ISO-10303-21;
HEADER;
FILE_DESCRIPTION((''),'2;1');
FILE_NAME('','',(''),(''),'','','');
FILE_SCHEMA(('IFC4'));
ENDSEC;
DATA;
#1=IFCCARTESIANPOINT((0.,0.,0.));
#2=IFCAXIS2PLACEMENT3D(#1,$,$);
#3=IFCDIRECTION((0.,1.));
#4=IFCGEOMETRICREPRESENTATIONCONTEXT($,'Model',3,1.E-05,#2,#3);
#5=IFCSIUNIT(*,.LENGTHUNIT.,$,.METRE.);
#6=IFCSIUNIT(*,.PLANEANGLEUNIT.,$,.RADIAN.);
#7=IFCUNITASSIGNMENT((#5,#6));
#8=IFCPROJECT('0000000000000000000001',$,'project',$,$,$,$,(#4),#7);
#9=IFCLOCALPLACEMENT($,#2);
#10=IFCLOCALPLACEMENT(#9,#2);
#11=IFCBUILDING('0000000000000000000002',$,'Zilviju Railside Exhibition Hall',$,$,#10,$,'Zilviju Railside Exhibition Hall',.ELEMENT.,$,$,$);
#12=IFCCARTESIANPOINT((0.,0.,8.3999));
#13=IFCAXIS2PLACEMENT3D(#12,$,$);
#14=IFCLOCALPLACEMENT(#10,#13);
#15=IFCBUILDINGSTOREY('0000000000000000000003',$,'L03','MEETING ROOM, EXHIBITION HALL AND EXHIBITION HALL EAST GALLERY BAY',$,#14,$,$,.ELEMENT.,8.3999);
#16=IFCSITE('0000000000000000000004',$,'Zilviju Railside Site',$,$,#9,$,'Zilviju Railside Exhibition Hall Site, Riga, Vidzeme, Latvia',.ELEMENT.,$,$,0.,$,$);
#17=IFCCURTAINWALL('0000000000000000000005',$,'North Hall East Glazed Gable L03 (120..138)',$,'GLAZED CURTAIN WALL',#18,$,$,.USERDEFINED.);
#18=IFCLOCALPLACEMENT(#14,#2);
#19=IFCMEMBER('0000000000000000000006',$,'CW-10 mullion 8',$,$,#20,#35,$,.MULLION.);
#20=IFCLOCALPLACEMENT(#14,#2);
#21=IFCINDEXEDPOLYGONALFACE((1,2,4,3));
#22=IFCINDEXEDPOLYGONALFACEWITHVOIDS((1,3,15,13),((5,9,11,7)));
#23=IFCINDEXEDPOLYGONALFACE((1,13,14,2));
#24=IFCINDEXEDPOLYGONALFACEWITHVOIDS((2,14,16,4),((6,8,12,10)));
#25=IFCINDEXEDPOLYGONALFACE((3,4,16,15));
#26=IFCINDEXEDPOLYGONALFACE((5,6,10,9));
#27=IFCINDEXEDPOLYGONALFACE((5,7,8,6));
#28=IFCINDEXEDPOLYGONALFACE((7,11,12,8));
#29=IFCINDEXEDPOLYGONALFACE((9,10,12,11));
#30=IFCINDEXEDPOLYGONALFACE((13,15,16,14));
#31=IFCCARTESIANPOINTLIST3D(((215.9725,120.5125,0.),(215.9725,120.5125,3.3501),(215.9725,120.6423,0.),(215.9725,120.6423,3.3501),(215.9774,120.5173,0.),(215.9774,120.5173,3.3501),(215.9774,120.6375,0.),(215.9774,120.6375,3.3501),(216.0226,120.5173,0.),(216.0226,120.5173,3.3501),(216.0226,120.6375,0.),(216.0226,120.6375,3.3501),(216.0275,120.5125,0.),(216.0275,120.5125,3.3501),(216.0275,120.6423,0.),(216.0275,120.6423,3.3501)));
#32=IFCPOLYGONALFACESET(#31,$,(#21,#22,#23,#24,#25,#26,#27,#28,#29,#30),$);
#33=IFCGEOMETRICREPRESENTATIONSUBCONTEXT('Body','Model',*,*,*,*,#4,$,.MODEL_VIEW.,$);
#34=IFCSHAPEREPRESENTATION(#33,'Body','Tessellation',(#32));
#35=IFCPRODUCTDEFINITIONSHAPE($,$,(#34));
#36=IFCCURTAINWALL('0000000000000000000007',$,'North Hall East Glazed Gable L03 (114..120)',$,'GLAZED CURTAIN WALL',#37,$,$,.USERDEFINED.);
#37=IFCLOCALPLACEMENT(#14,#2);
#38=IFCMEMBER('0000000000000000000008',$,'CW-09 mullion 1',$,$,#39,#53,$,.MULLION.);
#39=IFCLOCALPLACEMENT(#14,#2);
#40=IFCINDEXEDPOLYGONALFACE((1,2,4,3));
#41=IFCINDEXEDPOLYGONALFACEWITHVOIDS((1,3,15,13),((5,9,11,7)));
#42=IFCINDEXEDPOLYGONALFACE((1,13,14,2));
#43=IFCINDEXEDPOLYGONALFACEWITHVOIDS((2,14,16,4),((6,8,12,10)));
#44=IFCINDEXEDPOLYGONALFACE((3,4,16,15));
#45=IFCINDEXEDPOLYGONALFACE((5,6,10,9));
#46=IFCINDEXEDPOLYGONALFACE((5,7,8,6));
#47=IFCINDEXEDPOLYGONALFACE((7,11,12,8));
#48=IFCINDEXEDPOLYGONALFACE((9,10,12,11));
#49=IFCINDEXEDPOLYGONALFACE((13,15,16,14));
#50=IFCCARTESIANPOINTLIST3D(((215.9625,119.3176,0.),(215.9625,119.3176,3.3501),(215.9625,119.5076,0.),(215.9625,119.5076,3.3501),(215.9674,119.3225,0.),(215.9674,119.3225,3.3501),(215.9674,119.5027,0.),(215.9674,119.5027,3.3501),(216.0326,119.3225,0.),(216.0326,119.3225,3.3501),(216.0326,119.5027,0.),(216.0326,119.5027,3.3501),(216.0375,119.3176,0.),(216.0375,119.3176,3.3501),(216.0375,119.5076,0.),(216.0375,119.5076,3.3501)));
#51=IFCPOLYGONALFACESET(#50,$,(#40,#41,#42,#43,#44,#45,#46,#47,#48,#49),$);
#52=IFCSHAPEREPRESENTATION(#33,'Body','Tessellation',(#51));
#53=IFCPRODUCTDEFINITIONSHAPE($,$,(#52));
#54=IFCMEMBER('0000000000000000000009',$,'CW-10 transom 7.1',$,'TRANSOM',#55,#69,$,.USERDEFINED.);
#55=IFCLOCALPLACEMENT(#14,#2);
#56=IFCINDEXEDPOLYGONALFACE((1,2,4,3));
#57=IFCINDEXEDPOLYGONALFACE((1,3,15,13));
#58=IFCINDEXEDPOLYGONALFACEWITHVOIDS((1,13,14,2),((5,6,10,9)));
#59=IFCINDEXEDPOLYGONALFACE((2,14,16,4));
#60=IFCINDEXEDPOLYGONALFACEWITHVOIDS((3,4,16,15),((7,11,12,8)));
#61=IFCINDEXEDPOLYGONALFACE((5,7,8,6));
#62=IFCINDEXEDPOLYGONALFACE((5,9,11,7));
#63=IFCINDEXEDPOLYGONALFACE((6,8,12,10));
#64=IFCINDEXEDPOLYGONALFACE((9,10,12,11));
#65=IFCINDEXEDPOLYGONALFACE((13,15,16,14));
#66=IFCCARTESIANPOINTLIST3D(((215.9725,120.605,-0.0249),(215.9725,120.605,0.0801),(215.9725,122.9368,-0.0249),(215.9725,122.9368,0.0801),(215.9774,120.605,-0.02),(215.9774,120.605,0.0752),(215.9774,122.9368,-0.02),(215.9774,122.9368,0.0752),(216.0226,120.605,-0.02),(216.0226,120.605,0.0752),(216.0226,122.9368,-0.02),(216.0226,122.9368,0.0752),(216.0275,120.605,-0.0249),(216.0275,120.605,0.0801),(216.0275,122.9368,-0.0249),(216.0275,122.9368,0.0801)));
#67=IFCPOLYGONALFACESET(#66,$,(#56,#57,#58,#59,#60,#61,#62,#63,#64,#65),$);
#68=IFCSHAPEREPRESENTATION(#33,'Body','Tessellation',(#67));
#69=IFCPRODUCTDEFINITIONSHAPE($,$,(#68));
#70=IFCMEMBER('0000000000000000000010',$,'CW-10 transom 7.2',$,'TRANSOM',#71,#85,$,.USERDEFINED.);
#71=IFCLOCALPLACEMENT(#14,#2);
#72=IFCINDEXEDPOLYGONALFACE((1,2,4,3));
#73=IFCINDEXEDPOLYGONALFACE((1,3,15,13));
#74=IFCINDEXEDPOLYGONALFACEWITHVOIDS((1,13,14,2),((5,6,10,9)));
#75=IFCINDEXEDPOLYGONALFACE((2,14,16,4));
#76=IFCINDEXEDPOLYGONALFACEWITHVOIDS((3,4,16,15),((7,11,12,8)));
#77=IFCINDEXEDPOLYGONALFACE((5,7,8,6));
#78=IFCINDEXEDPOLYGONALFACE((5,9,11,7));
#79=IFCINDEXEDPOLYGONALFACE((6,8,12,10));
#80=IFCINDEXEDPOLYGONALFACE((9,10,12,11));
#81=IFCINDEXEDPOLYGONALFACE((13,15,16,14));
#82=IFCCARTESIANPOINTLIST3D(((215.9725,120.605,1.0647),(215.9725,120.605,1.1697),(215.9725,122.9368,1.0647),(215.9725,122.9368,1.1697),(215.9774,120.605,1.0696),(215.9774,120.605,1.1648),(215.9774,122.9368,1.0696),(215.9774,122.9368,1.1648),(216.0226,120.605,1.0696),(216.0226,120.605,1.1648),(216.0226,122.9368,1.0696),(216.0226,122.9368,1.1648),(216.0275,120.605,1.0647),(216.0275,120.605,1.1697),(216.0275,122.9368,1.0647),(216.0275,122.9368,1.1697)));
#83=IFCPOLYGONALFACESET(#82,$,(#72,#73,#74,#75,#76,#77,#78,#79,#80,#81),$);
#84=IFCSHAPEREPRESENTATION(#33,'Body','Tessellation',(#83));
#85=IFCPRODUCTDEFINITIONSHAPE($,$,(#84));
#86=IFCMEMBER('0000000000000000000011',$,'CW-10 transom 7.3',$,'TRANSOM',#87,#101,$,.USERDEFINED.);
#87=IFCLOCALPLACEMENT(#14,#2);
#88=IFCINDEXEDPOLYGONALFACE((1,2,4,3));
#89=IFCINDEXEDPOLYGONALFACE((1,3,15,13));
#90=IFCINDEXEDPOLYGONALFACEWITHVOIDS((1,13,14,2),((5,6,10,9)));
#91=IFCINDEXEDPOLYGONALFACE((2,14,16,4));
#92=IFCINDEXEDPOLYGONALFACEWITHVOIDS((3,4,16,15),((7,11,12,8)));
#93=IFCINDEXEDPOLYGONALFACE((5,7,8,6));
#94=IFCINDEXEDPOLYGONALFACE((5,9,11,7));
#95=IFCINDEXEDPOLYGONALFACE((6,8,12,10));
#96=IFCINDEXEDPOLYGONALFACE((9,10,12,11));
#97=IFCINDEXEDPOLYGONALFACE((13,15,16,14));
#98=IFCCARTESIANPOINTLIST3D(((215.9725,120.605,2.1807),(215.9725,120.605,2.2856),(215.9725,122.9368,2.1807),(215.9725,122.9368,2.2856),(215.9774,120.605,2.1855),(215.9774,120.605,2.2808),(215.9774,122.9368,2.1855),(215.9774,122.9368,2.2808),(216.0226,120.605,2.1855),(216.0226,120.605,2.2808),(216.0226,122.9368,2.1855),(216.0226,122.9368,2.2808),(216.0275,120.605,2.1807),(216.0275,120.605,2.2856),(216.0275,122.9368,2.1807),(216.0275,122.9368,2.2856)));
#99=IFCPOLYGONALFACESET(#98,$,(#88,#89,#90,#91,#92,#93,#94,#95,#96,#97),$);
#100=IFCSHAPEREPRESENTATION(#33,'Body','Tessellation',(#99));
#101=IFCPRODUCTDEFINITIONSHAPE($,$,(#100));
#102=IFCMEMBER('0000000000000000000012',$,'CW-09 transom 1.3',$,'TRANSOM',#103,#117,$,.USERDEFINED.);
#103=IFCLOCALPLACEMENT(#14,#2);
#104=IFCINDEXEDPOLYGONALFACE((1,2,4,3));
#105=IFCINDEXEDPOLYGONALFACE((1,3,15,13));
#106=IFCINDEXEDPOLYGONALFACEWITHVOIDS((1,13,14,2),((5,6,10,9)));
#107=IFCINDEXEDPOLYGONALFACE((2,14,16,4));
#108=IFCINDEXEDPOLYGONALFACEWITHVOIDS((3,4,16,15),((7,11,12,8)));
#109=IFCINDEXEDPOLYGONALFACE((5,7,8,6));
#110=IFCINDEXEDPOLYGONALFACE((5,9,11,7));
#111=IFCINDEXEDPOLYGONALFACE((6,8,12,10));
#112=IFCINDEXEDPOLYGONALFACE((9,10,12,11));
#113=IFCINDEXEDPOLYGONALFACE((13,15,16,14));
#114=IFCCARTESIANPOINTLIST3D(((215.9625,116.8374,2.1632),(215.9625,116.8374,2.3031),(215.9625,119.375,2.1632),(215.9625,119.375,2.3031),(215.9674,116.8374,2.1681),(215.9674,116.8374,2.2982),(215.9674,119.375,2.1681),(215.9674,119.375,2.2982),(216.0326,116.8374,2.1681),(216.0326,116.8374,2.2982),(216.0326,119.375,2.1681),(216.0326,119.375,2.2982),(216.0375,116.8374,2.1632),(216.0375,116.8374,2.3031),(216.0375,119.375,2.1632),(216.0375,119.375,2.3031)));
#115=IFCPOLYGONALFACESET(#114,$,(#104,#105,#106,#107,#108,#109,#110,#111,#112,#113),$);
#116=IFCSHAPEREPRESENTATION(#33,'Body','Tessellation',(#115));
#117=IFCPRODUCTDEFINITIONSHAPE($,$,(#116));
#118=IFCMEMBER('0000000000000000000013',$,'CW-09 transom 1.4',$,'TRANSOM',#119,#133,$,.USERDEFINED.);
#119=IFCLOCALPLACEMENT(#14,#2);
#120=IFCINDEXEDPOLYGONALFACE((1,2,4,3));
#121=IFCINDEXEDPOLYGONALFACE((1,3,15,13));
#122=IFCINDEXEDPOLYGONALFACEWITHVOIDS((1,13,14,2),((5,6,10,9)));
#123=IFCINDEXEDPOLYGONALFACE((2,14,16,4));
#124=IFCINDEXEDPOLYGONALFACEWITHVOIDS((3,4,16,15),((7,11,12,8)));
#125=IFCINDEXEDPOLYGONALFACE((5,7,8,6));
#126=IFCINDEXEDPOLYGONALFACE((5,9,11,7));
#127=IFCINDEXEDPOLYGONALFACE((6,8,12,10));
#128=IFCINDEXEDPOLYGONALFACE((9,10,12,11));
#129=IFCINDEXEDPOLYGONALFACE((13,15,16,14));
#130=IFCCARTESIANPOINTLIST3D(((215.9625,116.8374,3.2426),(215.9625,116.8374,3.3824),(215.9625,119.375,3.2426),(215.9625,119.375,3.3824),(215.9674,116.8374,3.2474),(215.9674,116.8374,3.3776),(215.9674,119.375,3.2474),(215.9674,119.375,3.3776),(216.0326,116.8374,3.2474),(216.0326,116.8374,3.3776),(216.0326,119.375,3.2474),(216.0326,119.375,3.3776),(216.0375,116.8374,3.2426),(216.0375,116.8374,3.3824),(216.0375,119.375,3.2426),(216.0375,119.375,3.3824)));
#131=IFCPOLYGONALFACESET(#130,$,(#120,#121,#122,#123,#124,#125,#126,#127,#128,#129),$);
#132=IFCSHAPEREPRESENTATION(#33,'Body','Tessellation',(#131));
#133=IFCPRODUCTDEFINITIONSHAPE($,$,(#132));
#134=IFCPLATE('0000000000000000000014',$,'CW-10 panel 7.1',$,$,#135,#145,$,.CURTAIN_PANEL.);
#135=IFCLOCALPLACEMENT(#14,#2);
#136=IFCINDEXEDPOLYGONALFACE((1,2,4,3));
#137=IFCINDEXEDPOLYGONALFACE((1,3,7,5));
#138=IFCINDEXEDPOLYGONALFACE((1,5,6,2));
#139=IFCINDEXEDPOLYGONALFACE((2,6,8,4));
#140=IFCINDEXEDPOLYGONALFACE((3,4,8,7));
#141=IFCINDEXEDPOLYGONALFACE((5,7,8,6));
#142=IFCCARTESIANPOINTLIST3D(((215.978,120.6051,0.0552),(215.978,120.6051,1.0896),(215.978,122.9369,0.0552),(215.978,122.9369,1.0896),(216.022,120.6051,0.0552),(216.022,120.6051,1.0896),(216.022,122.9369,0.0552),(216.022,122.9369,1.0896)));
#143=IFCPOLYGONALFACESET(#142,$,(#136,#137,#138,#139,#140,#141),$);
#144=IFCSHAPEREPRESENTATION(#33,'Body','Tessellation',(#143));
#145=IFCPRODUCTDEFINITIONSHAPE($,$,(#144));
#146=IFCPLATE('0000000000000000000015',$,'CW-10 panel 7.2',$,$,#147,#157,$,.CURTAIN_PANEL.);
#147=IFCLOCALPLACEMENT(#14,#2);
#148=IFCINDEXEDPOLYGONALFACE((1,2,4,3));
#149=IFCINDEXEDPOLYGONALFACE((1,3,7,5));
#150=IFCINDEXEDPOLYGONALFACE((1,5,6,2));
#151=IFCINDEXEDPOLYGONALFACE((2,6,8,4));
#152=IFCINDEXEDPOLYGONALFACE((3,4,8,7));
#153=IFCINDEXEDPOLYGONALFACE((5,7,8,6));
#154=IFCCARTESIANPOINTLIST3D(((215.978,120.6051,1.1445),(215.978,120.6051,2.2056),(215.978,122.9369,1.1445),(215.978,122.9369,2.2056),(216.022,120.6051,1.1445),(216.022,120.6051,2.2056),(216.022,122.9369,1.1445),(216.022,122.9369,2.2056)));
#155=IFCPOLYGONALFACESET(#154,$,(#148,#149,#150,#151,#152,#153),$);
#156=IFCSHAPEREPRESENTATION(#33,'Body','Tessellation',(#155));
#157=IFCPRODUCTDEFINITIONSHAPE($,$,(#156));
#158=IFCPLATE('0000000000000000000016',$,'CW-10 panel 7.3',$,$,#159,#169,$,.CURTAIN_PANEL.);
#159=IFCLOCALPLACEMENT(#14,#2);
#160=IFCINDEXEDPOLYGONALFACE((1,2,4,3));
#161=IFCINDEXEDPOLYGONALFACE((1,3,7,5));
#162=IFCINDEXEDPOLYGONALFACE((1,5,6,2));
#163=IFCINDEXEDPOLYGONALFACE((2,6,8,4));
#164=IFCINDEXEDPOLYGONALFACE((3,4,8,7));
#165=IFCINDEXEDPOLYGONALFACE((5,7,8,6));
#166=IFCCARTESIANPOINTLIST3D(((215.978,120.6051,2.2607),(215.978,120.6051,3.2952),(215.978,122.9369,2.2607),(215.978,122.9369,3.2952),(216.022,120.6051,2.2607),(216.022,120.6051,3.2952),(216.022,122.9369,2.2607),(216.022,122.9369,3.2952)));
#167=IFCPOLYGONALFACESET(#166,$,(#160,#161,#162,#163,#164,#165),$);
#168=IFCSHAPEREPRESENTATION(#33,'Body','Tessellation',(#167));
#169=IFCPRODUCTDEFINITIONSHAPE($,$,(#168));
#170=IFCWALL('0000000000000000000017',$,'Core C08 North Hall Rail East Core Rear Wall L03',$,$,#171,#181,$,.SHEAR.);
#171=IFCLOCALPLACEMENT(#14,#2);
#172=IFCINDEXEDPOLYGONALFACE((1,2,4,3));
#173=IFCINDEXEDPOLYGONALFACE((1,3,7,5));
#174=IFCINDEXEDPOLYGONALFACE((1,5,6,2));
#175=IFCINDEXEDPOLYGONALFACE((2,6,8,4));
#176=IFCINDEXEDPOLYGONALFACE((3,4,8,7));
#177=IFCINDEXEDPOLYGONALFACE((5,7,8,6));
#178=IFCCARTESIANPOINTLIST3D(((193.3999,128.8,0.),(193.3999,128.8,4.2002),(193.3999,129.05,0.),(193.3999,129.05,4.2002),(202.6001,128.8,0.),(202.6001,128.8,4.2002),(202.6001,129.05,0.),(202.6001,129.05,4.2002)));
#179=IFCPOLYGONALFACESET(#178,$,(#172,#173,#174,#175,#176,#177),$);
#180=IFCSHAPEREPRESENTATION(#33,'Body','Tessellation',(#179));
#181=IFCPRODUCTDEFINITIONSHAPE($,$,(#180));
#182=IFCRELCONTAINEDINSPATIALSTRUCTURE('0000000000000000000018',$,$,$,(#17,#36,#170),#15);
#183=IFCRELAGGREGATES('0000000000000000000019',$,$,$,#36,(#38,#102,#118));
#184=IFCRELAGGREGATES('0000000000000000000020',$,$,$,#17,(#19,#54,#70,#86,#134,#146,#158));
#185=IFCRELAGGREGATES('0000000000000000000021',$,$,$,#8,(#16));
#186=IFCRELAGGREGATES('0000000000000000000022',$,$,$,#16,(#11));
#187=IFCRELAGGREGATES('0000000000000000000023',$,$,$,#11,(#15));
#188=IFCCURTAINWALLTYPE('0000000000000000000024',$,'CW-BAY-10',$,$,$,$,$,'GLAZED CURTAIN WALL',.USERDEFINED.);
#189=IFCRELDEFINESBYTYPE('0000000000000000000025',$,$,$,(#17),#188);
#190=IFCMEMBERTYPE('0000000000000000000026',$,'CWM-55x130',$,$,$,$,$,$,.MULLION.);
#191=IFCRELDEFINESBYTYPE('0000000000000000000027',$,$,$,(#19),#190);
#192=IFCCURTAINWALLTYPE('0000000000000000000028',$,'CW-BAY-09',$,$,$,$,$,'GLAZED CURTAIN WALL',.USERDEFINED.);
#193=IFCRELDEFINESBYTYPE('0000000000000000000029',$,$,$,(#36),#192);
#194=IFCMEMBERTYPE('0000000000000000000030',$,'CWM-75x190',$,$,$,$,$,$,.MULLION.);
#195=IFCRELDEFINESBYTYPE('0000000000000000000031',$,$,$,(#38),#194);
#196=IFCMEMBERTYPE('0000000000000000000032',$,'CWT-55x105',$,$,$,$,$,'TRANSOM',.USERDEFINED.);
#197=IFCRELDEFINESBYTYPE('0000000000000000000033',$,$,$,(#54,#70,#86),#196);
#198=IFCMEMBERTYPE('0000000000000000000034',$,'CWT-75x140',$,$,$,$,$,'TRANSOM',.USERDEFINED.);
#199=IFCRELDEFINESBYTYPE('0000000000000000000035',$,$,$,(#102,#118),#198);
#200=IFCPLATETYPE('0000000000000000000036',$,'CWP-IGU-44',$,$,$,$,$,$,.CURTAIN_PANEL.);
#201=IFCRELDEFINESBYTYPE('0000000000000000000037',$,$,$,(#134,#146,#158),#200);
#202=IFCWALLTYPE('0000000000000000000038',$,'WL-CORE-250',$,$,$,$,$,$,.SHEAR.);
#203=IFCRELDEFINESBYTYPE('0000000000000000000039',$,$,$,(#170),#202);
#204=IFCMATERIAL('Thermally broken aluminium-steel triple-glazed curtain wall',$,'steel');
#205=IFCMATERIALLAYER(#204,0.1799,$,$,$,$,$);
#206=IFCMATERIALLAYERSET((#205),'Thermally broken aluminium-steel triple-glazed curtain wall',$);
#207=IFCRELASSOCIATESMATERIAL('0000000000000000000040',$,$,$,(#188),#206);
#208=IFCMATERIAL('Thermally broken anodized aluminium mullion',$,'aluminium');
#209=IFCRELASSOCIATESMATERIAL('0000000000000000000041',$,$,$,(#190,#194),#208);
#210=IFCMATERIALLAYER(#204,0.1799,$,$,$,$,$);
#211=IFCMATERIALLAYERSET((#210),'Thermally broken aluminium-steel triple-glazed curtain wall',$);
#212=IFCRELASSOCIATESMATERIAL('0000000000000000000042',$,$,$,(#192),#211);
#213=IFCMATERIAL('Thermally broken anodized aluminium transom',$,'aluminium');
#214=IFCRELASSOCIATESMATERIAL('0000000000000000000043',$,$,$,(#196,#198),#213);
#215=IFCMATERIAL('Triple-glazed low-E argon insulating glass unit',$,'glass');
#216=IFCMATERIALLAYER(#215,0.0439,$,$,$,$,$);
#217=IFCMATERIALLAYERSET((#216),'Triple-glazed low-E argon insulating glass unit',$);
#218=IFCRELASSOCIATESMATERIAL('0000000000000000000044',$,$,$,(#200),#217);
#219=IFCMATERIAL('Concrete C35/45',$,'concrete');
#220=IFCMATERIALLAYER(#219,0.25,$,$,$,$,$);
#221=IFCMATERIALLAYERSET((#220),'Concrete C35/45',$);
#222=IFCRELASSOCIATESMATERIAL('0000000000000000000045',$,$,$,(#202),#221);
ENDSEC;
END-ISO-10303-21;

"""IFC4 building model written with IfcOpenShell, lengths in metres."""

from ifc_helpers import new_model, si_unit, direction, frame, frame_2d, origin, origin_2d, place, context, subcontext, project, spatial, rectangle, hollow_rectangle, extrude, material, layer, layer_set, material_profile, profile_set, type_object, element, aggregate, save


model = new_model("IFC4")

# Units and contexts
model_context = context("Model", 3, precision=1e-05, world=origin(), true_north=direction((0.0, 1.0)))
body_context = subcontext(model_context, "Body", "Model", "MODEL_VIEW")
ifc_project = project(units=[si_unit("LENGTHUNIT", "METRE"), si_unit("PLANEANGLEUNIT", "RADIAN")], contexts=[model_context])

# Site, building, storey
site_placement = place(None, origin())
site = spatial("IfcSite", under=ifc_project, at=site_placement, Name="Zilviju Railside Site", LongName="Zilviju Railside Exhibition Hall Site, Riga, Vidzeme, Latvia", CompositionType="ELEMENT", RefElevation=0.0)
building_placement = place(site_placement, origin())
building = spatial("IfcBuilding", under=site, at=building_placement, Name="Zilviju Railside Exhibition Hall", LongName="Zilviju Railside Exhibition Hall", CompositionType="ELEMENT")
storey_placement = place(building_placement, frame((0.0, 0.0, 8.3999)))
storey = spatial("IfcBuildingStorey", under=building, at=storey_placement, Name="L03", Description="MEETING ROOM, EXHIBITION HALL AND EXHIBITION HALL EAST GALLERY BAY", CompositionType="ELEMENT", Elevation=8.3999)

# Curtain walls, members
ifc_material_1 = material(Name="Thermally broken aluminium-steel triple-glazed curtain wall", Category="steel")
ifc_layer_1 = layer(ifc_material_1, 0.1799)
ifc_layer_set_1 = layer_set([ifc_layer_1], Name="Thermally broken aluminium-steel triple-glazed curtain wall")
curtain_wall_type_1 = type_object("IfcCurtainWallType", Name="CW-BAY-10", ElementType="GLAZED CURTAIN WALL", PredefinedType="USERDEFINED", material=ifc_layer_set_1)
curtain_wall_1_placement = place(storey_placement, origin())
curtain_wall_1 = element("IfcCurtainWall", 1, at=curtain_wall_1_placement, inside=storey, type_object=curtain_wall_type_1, Name="North Hall East Glazed Gable L03 (120..138)", ObjectType="GLAZED CURTAIN WALL", PredefinedType="USERDEFINED")
ifc_material_2 = material(Name="Thermally broken anodized aluminium mullion", Category="aluminium")
ifc_material_profile_1 = material_profile(ifc_material_2, hollow_rectangle(XDim=0.0549, YDim=0.1299, WallThickness=0.0049, at=origin_2d()), Name="MULLION 130x55x5")
ifc_profile_set_1 = profile_set([ifc_material_profile_1], Name="Thermally broken anodized aluminium mullion")
member_type_1 = type_object("IfcMemberType", Name="CWM-55x130", PredefinedType="MULLION", material=ifc_profile_set_1)
member_1_placement = place(storey_placement, frame((216.0, 120.5774, 0.0), z_axis=(0.0, 0.0, 1.0), x_axis=(1.0, 0.0, 0.0)))
member_1 = element("IfcMember", 2, at=member_1_placement, type_object=member_type_1, Name="CW-10 mullion 8", PredefinedType="MULLION", context=body_context, shape_type="SweptSolid", body=[
    extrude(hollow_rectangle(XDim=0.0549, YDim=0.1299, WallThickness=0.0049, at=origin_2d()), origin(), (0.0, 0.0, 1.0), 3.3501),
])
ifc_layer_2 = layer(ifc_material_1, 0.1799)
ifc_layer_set_2 = layer_set([ifc_layer_2], Name="Thermally broken aluminium-steel triple-glazed curtain wall")
curtain_wall_type_2 = type_object("IfcCurtainWallType", Name="CW-BAY-09", ElementType="GLAZED CURTAIN WALL", PredefinedType="USERDEFINED", material=ifc_layer_set_2)
curtain_wall_2_placement = place(storey_placement, origin())
curtain_wall_2 = element("IfcCurtainWall", 3, at=curtain_wall_2_placement, inside=storey, type_object=curtain_wall_type_2, Name="North Hall East Glazed Gable L03 (114..120)", ObjectType="GLAZED CURTAIN WALL", PredefinedType="USERDEFINED")
ifc_material_profile_2 = material_profile(ifc_material_2, hollow_rectangle(XDim=0.075, YDim=0.1899, WallThickness=0.0049, at=origin_2d()), Name="MULLION 190x75x5")
ifc_profile_set_2 = profile_set([ifc_material_profile_2], Name="Thermally broken anodized aluminium mullion")
member_type_2 = type_object("IfcMemberType", Name="CWM-75x190", PredefinedType="MULLION", material=ifc_profile_set_2)
member_2_placement = place(storey_placement, frame((216.0, 119.4126, 0.0), z_axis=(0.0, 0.0, 1.0), x_axis=(1.0, 0.0, 0.0)))
member_2 = element("IfcMember", 4, at=member_2_placement, type_object=member_type_2, Name="CW-09 mullion 1", PredefinedType="MULLION", context=body_context, shape_type="SweptSolid", body=[
    extrude(hollow_rectangle(XDim=0.075, YDim=0.1899, WallThickness=0.0049, at=origin_2d()), origin(), (0.0, 0.0, 1.0), 3.3501),
])

# Members
ifc_material_3 = material(Name="Thermally broken anodized aluminium transom", Category="aluminium")
ifc_material_profile_3 = material_profile(ifc_material_3, hollow_rectangle(XDim=0.0549, YDim=0.105, WallThickness=0.0049, at=origin_2d()), Name="TRANSOM 105x55x5")
ifc_profile_set_3 = profile_set([ifc_material_profile_3], Name="Thermally broken anodized aluminium transom")
member_type_3 = type_object("IfcMemberType", Name="CWT-55x105", ElementType="TRANSOM", PredefinedType="USERDEFINED", material=ifc_profile_set_3)
member_3_placement = place(storey_placement, frame((216.0, 122.9368, 0.0276), z_axis=(0.0, -1.0, 0.0), x_axis=(1.0, 0.0, 0.0)))
member_3 = element("IfcMember", 5, at=member_3_placement, type_object=member_type_3, Name="CW-10 transom 7.1", ObjectType="TRANSOM", PredefinedType="USERDEFINED", context=body_context, shape_type="SweptSolid", body=[
    extrude(hollow_rectangle(XDim=0.0549, YDim=0.105, WallThickness=0.0049, at=origin_2d()), origin(), (0.0, 0.0, 1.0), 2.3318),
])
member_4_placement = place(storey_placement, frame((216.0, 122.9368, 1.1172), z_axis=(0.0, -1.0, 0.0), x_axis=(1.0, 0.0, 0.0)))
member_4 = element("IfcMember", 6, at=member_4_placement, type_object=member_type_3, Name="CW-10 transom 7.2", ObjectType="TRANSOM", PredefinedType="USERDEFINED", context=body_context, shape_type="SweptSolid", body=[
    extrude(hollow_rectangle(XDim=0.0549, YDim=0.105, WallThickness=0.0049, at=origin_2d()), origin(), (0.0, 0.0, 1.0), 2.3318),
])
member_5_placement = place(storey_placement, frame((216.0, 122.9368, 2.2332), z_axis=(0.0, -1.0, 0.0), x_axis=(1.0, 0.0, 0.0)))
member_5 = element("IfcMember", 7, at=member_5_placement, type_object=member_type_3, Name="CW-10 transom 7.3", ObjectType="TRANSOM", PredefinedType="USERDEFINED", context=body_context, shape_type="SweptSolid", body=[
    extrude(hollow_rectangle(XDim=0.0549, YDim=0.105, WallThickness=0.0049, at=origin_2d()), origin(), (0.0, 0.0, 1.0), 2.3318),
])
ifc_material_profile_4 = material_profile(ifc_material_3, hollow_rectangle(XDim=0.075, YDim=0.1399, WallThickness=0.0049, at=origin_2d()), Name="TRANSOM 140x75x5")
ifc_profile_set_4 = profile_set([ifc_material_profile_4], Name="Thermally broken anodized aluminium transom")
member_type_4 = type_object("IfcMemberType", Name="CWT-75x140", ElementType="TRANSOM", PredefinedType="USERDEFINED", material=ifc_profile_set_4)
member_6_placement = place(storey_placement, frame((216.0, 119.375, 2.2332), z_axis=(0.0, -1.0, 0.0), x_axis=(1.0, 0.0, 0.0)))
member_6 = element("IfcMember", 8, at=member_6_placement, type_object=member_type_4, Name="CW-09 transom 1.3", ObjectType="TRANSOM", PredefinedType="USERDEFINED", context=body_context, shape_type="SweptSolid", body=[
    extrude(hollow_rectangle(XDim=0.075, YDim=0.1399, WallThickness=0.0049, at=origin_2d()), origin(), (0.0, 0.0, 1.0), 2.5376),
])
member_7_placement = place(storey_placement, frame((216.0, 119.375, 3.3125), z_axis=(0.0, -1.0, 0.0), x_axis=(1.0, 0.0, 0.0)))
member_7 = element("IfcMember", 9, at=member_7_placement, type_object=member_type_4, Name="CW-09 transom 1.4", ObjectType="TRANSOM", PredefinedType="USERDEFINED", context=body_context, shape_type="SweptSolid", body=[
    extrude(hollow_rectangle(XDim=0.075, YDim=0.1399, WallThickness=0.0049, at=origin_2d()), origin(), (0.0, 0.0, 1.0), 2.5376),
])
aggregate(curtain_wall_2, [member_2, member_6, member_7])

# Plates
ifc_material_4 = material(Name="Triple-glazed low-E argon insulating glass unit", Category="glass")
ifc_layer_3 = layer(ifc_material_4, 0.0439)
ifc_layer_set_3 = layer_set([ifc_layer_3], Name="Triple-glazed low-E argon insulating glass unit")
plate_type = type_object("IfcPlateType", Name="CWP-IGU-44", PredefinedType="CURTAIN_PANEL", material=ifc_layer_set_3)
plate_1_placement = place(storey_placement, frame((216.0, 121.771, 0.0552), z_axis=(0.0, 0.0, 1.0), x_axis=(0.0, -1.0, 0.0)))
plate_1 = element("IfcPlate", 10, at=plate_1_placement, type_object=plate_type, Name="CW-10 panel 7.1", PredefinedType="CURTAIN_PANEL", context=body_context, shape_type="SweptSolid", body=[
    extrude(rectangle(XDim=2.3318, YDim=0.0439, at=origin_2d()), origin(), (0.0, 0.0, 1.0), 1.0344),
])
plate_2_placement = place(storey_placement, frame((216.0, 121.771, 1.1445), z_axis=(0.0, 0.0, 1.0), x_axis=(0.0, -1.0, 0.0)))
plate_2 = element("IfcPlate", 11, at=plate_2_placement, type_object=plate_type, Name="CW-10 panel 7.2", PredefinedType="CURTAIN_PANEL", context=body_context, shape_type="SweptSolid", body=[
    extrude(rectangle(XDim=2.3318, YDim=0.0439, at=origin_2d()), origin(), (0.0, 0.0, 1.0), 1.061),
])
plate_3_placement = place(storey_placement, frame((216.0, 121.771, 2.2607), z_axis=(0.0, 0.0, 1.0), x_axis=(0.0, -1.0, 0.0)))
plate_3 = element("IfcPlate", 12, at=plate_3_placement, type_object=plate_type, Name="CW-10 panel 7.3", PredefinedType="CURTAIN_PANEL", context=body_context, shape_type="SweptSolid", body=[
    extrude(rectangle(XDim=2.3318, YDim=0.0439, at=origin_2d()), origin(), (0.0, 0.0, 1.0), 1.0344),
])
aggregate(curtain_wall_1, [member_1, member_3, member_4, member_5, plate_1, plate_2, plate_3])

# Wall
ifc_material_5 = material(Name="Concrete C35/45", Category="concrete")
ifc_layer_4 = layer(ifc_material_5, 0.25)
ifc_layer_set_4 = layer_set([ifc_layer_4], Name="Concrete C35/45")
wall_type_1 = type_object("IfcWallType", Name="WL-CORE-250", PredefinedType="SHEAR", material=ifc_layer_set_4)
wall_1_placement = place(storey_placement, frame((202.6001, 128.925, 0.0), z_axis=(0.0, 0.0, 1.0), x_axis=(-1.0, 0.0, 0.0)))
element("IfcWall", 13, at=wall_1_placement, inside=storey, type_object=wall_type_1, Name="Core C08 North Hall Rail East Core Rear Wall L03", PredefinedType="SHEAR", context=body_context, shape_type="SweptSolid", body=[
    extrude(rectangle(XDim=9.2002, YDim=0.25, at=frame_2d((4.6001, 0.0))), origin(), (0.0, 0.0, 1.0), 4.2002),
])

save(model, "model.ifc")
